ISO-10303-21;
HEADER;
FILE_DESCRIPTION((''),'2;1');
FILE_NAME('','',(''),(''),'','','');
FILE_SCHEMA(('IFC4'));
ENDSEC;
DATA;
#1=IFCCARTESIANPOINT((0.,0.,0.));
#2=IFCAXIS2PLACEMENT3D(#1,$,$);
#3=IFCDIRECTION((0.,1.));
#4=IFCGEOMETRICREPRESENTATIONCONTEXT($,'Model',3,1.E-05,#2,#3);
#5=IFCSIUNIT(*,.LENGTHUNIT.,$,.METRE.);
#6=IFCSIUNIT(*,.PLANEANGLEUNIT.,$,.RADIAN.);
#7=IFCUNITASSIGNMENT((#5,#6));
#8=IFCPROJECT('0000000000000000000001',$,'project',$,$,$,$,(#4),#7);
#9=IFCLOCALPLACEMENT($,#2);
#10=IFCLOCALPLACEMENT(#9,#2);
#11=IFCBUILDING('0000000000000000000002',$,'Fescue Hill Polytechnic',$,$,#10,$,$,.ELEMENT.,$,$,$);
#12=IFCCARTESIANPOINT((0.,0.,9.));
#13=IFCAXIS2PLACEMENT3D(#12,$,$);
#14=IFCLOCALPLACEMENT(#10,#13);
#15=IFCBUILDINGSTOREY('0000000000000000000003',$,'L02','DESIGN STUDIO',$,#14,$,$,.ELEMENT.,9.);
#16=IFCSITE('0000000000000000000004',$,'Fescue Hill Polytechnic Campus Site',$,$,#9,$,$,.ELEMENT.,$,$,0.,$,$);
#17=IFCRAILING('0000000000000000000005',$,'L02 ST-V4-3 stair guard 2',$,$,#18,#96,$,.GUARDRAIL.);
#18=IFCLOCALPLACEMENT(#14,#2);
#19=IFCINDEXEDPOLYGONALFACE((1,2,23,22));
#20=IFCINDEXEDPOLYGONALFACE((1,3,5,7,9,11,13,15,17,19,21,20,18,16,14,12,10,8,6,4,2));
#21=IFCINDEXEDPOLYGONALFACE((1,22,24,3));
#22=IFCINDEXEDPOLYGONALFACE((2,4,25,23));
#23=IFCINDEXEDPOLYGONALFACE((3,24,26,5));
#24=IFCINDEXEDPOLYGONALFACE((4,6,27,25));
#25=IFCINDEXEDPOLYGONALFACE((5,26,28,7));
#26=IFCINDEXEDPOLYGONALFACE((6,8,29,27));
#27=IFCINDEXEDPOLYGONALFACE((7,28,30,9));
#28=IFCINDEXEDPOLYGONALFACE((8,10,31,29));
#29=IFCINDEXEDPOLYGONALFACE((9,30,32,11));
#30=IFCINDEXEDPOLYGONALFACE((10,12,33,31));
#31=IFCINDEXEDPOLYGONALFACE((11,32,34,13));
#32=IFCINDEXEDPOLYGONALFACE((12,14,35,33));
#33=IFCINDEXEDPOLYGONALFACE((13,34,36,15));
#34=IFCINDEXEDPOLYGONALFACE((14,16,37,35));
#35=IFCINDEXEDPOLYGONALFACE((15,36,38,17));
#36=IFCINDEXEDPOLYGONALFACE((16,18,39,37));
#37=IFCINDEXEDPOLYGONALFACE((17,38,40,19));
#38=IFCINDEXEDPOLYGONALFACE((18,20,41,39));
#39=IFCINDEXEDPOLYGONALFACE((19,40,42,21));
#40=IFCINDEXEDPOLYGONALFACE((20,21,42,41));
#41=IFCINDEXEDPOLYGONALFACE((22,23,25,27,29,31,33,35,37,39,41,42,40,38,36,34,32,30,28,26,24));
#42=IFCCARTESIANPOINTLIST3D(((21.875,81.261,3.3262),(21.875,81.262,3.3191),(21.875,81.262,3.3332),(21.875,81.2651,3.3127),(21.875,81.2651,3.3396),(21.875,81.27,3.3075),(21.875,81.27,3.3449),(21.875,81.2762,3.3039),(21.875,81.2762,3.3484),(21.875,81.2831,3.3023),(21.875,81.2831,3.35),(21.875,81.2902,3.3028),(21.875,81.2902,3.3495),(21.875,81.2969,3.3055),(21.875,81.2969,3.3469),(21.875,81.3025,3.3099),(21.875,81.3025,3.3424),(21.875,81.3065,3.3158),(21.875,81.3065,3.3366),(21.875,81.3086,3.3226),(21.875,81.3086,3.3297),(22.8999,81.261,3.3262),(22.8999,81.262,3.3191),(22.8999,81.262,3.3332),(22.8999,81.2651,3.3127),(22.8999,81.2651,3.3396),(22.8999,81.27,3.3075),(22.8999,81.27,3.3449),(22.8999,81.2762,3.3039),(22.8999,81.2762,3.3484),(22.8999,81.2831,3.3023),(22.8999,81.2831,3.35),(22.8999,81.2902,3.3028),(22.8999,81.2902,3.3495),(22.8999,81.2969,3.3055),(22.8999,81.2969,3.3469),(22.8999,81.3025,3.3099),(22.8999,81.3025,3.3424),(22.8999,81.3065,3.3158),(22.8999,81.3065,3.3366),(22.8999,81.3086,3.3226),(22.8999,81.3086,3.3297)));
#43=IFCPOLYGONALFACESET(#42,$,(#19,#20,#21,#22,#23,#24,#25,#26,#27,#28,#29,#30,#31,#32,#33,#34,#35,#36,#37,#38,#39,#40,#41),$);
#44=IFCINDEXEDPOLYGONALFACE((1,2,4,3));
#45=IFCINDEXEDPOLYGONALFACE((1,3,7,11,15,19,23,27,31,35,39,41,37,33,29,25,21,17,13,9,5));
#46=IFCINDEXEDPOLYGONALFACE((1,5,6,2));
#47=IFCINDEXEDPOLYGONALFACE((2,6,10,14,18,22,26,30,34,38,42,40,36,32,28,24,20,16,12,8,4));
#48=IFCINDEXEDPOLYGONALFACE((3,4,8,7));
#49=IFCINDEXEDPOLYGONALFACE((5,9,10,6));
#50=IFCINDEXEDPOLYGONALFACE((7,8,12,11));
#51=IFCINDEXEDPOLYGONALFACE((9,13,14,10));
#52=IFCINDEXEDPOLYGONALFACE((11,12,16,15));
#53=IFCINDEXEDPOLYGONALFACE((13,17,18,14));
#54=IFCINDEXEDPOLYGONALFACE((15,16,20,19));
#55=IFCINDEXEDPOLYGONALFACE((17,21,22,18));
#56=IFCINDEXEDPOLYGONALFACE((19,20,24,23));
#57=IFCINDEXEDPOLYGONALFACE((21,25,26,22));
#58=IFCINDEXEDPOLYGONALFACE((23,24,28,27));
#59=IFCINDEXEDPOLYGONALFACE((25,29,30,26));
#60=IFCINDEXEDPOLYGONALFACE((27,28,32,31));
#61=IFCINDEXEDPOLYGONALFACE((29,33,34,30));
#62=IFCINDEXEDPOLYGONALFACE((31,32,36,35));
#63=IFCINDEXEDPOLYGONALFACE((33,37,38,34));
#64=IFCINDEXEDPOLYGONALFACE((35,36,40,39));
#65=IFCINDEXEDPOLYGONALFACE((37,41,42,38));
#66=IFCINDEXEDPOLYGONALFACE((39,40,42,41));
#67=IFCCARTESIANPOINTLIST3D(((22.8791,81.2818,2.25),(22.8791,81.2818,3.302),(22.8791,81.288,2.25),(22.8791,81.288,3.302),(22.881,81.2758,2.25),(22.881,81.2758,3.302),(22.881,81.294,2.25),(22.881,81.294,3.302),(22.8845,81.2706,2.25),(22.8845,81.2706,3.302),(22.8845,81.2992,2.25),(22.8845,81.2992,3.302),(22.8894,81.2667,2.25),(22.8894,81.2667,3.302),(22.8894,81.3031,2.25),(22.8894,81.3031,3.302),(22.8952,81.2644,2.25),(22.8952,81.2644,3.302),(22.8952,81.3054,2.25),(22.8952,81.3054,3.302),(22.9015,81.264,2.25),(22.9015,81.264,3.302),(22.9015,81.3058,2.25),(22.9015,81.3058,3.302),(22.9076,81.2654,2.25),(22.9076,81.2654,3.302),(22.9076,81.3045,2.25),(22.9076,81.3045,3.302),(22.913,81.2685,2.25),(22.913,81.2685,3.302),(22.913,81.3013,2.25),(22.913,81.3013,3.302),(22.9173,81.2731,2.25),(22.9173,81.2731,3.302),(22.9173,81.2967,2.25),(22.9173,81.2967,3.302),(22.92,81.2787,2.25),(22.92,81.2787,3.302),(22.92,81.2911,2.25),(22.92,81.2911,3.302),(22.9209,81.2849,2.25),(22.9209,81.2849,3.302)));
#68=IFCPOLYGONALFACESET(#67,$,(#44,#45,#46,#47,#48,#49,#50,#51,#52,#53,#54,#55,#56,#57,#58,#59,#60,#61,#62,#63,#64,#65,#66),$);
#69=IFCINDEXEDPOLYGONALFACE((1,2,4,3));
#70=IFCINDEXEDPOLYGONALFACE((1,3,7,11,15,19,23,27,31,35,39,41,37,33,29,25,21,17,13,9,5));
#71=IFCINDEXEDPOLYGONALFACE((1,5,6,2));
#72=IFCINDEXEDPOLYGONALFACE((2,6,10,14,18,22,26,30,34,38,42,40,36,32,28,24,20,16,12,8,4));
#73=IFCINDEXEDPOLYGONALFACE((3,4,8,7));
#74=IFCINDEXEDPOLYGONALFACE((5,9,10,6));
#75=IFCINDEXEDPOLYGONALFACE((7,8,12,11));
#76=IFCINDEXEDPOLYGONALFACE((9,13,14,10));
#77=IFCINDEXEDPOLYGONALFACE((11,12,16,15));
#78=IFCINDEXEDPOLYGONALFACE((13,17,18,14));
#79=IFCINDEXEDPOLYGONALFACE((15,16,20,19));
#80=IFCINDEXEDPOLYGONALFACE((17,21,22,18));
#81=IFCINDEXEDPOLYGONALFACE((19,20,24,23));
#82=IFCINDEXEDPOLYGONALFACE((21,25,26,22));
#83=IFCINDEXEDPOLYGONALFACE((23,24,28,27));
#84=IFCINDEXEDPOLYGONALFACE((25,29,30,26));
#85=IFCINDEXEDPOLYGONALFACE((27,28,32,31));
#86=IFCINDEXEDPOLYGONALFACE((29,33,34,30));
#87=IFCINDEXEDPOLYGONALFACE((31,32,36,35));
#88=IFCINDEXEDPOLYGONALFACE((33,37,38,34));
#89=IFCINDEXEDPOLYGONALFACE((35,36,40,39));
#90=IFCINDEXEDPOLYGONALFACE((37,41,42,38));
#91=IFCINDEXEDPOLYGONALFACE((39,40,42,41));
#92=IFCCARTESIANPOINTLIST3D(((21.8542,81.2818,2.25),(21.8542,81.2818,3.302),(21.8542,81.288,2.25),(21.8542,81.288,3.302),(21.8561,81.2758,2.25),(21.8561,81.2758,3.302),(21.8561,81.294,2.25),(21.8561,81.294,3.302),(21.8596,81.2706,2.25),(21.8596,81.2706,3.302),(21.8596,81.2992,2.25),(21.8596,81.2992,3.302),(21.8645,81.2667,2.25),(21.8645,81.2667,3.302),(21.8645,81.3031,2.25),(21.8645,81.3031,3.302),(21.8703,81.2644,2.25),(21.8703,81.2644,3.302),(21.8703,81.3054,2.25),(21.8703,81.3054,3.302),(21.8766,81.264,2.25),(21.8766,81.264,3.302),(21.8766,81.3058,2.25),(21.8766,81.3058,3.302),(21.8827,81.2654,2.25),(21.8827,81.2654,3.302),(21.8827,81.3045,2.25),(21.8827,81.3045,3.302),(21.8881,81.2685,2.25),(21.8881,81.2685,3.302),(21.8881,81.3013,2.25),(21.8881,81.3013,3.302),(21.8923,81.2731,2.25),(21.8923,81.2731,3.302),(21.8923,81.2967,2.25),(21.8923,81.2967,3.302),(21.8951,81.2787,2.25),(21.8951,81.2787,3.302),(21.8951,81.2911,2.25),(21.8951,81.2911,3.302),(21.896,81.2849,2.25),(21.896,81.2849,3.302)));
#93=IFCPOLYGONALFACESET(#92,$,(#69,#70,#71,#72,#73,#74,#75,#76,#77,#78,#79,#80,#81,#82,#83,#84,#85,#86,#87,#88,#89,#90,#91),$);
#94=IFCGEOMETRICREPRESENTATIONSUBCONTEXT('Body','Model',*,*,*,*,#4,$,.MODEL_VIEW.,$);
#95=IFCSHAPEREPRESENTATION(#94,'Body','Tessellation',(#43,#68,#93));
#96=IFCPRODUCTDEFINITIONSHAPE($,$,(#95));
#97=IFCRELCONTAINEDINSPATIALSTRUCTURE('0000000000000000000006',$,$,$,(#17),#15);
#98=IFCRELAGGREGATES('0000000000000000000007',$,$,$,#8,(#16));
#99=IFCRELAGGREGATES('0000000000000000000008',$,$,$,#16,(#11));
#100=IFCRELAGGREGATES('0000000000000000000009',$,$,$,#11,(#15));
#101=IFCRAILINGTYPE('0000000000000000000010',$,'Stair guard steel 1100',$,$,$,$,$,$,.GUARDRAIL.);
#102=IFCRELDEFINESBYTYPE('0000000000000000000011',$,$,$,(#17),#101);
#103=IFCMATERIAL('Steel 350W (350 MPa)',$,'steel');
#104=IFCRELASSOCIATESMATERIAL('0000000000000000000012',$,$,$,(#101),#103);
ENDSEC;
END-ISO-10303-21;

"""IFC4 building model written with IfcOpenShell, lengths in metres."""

from ifc_helpers import new_model, si_unit, direction, frame, origin, origin_2d, place, context, subcontext, project, spatial, circle, extrude, material, type_object, element, save


model = new_model("IFC4")

# Units and contexts
model_context = context("Model", 3, precision=1e-05, world=origin(), true_north=direction((0.0, 1.0)))
body_context = subcontext(model_context, "Body", "Model", "MODEL_VIEW")
ifc_project = project(units=[si_unit("LENGTHUNIT", "METRE"), si_unit("PLANEANGLEUNIT", "RADIAN")], contexts=[model_context])

# Site, building, storey
site_placement = place(None, origin())
site = spatial("IfcSite", under=ifc_project, at=site_placement, Name="Fescue Hill Polytechnic Campus Site", CompositionType="ELEMENT", RefElevation=0.0)
building_placement = place(site_placement, origin())
building = spatial("IfcBuilding", under=site, at=building_placement, Name="Fescue Hill Polytechnic", CompositionType="ELEMENT")
storey_placement = place(building_placement, frame((0.0, 0.0, 9.0)))
storey = spatial("IfcBuildingStorey", under=building, at=storey_placement, Name="L02", Description="DESIGN STUDIO", CompositionType="ELEMENT", Elevation=9.0)

# Railing
ifc_material_1 = material(Name="Steel 350W (350 MPa)", Category="steel")
railing_type_1 = type_object("IfcRailingType", Name="Stair guard steel 1100", PredefinedType="GUARDRAIL", material=ifc_material_1)
railing_1_placement = place(storey_placement, frame((22.8999, 81.2849, 2.25)))
element("IfcRailing", 1, at=railing_1_placement, inside=storey, type_object=railing_type_1, Name="L02 ST-V4-3 stair guard 2", PredefinedType="GUARDRAIL", context=body_context, shape_type="SweptSolid", body=[
    extrude(circle(Radius=0.0239, at=origin_2d()), frame((0.0, 0.0, 1.0762), z_axis=(-1.0, 0.0, 0.0), x_axis=(0.0, -1.0, 0.0)), (0.0, 0.0, 1.0), 1.0249),
    extrude(circle(Radius=0.021, at=origin_2d()), origin(), (0.0, 0.0, 1.0), 1.052),
    extrude(circle(Radius=0.021, at=origin_2d()), frame((-1.0249, 0.0, 0.0)), (0.0, 0.0, 1.0), 1.052),
])

save(model, "model.ifc")
